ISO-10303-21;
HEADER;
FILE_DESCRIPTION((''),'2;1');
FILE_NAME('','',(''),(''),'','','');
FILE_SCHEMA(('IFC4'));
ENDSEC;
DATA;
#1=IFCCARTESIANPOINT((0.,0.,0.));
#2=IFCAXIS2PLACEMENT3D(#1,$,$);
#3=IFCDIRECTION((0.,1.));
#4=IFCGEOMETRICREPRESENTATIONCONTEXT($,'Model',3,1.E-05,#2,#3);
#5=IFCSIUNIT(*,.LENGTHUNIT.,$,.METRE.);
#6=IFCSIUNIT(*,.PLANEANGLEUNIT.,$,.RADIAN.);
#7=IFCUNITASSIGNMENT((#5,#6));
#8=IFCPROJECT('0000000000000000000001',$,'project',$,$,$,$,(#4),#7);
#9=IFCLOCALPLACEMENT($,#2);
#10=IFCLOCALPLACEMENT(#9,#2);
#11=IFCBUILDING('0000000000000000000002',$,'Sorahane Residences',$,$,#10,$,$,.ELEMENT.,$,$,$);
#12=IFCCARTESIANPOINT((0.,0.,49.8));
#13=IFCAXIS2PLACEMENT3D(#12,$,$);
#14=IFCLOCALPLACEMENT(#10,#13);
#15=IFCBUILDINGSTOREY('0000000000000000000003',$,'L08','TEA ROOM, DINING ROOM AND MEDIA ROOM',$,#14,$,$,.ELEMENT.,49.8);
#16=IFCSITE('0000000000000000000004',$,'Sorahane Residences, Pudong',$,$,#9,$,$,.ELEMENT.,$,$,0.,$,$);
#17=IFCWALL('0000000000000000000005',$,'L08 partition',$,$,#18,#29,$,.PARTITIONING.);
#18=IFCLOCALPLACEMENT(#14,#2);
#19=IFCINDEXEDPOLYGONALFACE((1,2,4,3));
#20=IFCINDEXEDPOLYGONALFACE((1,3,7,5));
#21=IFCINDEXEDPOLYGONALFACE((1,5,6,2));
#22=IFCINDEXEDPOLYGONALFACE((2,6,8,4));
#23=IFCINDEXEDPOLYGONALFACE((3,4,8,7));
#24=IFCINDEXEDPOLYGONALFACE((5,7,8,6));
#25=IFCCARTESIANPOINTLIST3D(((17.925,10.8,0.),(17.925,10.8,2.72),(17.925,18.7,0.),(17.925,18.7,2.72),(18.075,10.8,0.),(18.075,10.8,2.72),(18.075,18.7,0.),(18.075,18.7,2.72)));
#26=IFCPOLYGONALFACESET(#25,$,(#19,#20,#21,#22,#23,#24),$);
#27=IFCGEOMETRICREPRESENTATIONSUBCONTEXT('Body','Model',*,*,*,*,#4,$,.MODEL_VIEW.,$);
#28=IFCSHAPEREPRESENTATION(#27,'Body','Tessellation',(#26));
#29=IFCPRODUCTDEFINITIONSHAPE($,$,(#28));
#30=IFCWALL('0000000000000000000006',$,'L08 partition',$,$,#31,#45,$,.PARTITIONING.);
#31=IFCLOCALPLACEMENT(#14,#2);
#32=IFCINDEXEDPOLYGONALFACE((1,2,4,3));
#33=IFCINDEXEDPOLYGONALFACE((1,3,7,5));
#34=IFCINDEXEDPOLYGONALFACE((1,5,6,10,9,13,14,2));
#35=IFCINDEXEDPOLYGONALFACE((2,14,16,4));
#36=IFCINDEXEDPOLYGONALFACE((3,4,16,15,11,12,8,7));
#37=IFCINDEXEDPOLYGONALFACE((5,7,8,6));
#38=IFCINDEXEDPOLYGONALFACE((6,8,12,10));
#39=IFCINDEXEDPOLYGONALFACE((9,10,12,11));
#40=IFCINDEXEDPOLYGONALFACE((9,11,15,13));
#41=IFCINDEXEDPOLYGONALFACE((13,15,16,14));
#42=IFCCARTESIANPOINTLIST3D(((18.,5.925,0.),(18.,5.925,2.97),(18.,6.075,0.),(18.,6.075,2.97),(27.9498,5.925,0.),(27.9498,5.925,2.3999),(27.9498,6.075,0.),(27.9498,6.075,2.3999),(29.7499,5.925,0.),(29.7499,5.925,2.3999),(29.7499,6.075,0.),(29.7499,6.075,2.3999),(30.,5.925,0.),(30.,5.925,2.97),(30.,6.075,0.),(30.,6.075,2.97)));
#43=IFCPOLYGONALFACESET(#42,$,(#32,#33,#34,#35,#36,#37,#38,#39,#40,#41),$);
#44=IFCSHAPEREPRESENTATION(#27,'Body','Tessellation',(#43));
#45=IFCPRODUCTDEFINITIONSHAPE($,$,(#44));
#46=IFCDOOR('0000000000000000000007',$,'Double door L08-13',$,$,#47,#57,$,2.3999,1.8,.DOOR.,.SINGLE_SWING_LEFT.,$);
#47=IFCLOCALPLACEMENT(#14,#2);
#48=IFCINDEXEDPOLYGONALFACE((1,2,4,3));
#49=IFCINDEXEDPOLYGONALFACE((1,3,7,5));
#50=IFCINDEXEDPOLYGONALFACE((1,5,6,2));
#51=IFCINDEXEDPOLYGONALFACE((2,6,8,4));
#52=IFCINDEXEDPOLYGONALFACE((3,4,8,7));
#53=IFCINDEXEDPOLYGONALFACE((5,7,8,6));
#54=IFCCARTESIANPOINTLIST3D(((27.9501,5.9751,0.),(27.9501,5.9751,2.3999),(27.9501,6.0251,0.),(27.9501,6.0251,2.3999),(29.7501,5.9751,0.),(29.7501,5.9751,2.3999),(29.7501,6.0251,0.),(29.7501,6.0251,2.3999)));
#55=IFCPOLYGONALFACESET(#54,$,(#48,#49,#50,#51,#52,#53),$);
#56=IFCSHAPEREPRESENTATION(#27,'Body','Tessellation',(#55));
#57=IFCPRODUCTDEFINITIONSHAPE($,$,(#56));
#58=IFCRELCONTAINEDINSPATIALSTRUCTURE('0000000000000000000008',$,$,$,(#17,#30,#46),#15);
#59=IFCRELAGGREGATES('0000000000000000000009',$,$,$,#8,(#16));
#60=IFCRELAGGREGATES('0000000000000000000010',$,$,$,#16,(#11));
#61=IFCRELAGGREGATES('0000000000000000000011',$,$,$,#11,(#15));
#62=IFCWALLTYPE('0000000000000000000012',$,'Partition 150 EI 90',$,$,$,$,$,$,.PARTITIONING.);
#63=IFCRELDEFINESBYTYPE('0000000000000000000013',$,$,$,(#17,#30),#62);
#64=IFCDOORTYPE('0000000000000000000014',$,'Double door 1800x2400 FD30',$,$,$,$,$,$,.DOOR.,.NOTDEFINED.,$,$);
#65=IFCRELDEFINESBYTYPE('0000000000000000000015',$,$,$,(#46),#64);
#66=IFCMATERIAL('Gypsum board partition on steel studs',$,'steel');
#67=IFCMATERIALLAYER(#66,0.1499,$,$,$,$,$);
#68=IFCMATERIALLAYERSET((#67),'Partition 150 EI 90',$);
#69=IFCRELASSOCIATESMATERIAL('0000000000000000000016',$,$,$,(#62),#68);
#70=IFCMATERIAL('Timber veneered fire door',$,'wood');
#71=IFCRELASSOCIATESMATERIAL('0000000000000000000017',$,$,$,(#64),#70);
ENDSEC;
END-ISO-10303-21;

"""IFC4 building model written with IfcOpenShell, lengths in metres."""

from ifc_helpers import new_model, si_unit, direction, frame, frame_2d, origin, place, context, subcontext, project, spatial, rectangle, extrude, material, layer, layer_set, type_object, element, fill, save


model = new_model("IFC4")

# Units and contexts
model_context = context("Model", 3, precision=1e-05, world=origin(), true_north=direction((0.0, 1.0)))
body_context = subcontext(model_context, "Body", "Model", "MODEL_VIEW")
ifc_project = project(units=[si_unit("LENGTHUNIT", "METRE"), si_unit("PLANEANGLEUNIT", "RADIAN")], contexts=[model_context])

# Site, building, storey
site_placement = place(None, origin())
site = spatial("IfcSite", under=ifc_project, at=site_placement, Name="Sorahane Residences, Pudong", CompositionType="ELEMENT", RefElevation=0.0)
building_placement = place(site_placement, origin())
building = spatial("IfcBuilding", under=site, at=building_placement, Name="Sorahane Residences", CompositionType="ELEMENT")
storey_placement = place(building_placement, frame((0.0, 0.0, 49.8)))
storey = spatial("IfcBuildingStorey", under=building, at=storey_placement, Name="L08", Description="TEA ROOM, DINING ROOM AND MEDIA ROOM", CompositionType="ELEMENT", Elevation=49.8)

# Wall
ifc_material_1 = material(Name="Gypsum board partition on steel studs", Category="steel")
ifc_layer_1 = layer(ifc_material_1, 0.1499)
ifc_layer_set_1 = layer_set([ifc_layer_1], Name="Partition 150 EI 90")
wall_type = type_object("IfcWallType", Name="Partition 150 EI 90", PredefinedType="PARTITIONING", material=ifc_layer_set_1)
wall_1_placement = place(storey_placement, frame((18.0, 10.8, 0.0), z_axis=(0.0, 0.0, 1.0), x_axis=(0.0, 1.0, 0.0)))
element("IfcWall", 1, at=wall_1_placement, inside=storey, type_object=wall_type, Name="L08 partition", PredefinedType="PARTITIONING", context=body_context, shape_type="SweptSolid", body=[
    extrude(rectangle(XDim=7.8999, YDim=0.1499, at=frame_2d((3.95, 0.0))), origin(), (0.0, 0.0, 1.0), 2.72),
])

# Wall, opening, door
wall_2_placement = place(storey_placement, frame((18.0, 6.0, 0.0), z_axis=(0.0, 0.0, 1.0), x_axis=(1.0, 0.0, 0.0)))
wall_2 = element("IfcWall", 2, at=wall_2_placement, inside=storey, type_object=wall_type, Name="L08 partition", PredefinedType="PARTITIONING", context=body_context, shape_type="SweptSolid", body=[
    extrude(rectangle(XDim=12.0, YDim=0.1499, at=frame_2d((6.0, 0.0))), origin(), (0.0, 0.0, 1.0), 2.97),
])
opening_placement = place(wall_2_placement, frame((9.95, 0.0, 0.0)))
opening = element("IfcOpeningElement", 3, at=opening_placement, cuts=wall_2, PredefinedType="OPENING", context=body_context, shape_type="SweptSolid", body=[
    extrude(rectangle(XDim=1.8, YDim=2.3999, at=frame_2d((0.8999, 1.2))), frame((0.0, 0.085, 0.0), z_axis=(0.0, -1.0, 0.0), x_axis=(1.0, 0.0, 0.0)), (0.0, 0.0, 1.0), 0.1699),
])
ifc_material_2 = material(Name="Timber veneered fire door", Category="wood")
door_type = type_object("IfcDoorType", Name="Double door 1800x2400 FD30", OperationType="NOTDEFINED", PredefinedType="DOOR", material=ifc_material_2)
door_placement = place(opening_placement, frame((1.8, 0.0, 0.0), z_axis=(0.0, 0.0, 1.0), x_axis=(-1.0, 0.0, 0.0)))
door = element("IfcDoor", 4, at=door_placement, inside=storey, type_object=door_type, Name="Double door L08-13", OperationType="SINGLE_SWING_LEFT", OverallHeight=2.3999, OverallWidth=1.8, PredefinedType="DOOR", context=body_context, shape_type="SweptSolid", body=[
    extrude(rectangle(XDim=1.8, YDim=2.3999, at=frame_2d((0.8999, 1.2))), frame((0.0, 0.0249, 0.0), z_axis=(0.0, -1.0, 0.0), x_axis=(1.0, 0.0, 0.0)), (0.0, 0.0, 1.0), 0.05),
])
fill(opening, door)

save(model, "model.ifc")
